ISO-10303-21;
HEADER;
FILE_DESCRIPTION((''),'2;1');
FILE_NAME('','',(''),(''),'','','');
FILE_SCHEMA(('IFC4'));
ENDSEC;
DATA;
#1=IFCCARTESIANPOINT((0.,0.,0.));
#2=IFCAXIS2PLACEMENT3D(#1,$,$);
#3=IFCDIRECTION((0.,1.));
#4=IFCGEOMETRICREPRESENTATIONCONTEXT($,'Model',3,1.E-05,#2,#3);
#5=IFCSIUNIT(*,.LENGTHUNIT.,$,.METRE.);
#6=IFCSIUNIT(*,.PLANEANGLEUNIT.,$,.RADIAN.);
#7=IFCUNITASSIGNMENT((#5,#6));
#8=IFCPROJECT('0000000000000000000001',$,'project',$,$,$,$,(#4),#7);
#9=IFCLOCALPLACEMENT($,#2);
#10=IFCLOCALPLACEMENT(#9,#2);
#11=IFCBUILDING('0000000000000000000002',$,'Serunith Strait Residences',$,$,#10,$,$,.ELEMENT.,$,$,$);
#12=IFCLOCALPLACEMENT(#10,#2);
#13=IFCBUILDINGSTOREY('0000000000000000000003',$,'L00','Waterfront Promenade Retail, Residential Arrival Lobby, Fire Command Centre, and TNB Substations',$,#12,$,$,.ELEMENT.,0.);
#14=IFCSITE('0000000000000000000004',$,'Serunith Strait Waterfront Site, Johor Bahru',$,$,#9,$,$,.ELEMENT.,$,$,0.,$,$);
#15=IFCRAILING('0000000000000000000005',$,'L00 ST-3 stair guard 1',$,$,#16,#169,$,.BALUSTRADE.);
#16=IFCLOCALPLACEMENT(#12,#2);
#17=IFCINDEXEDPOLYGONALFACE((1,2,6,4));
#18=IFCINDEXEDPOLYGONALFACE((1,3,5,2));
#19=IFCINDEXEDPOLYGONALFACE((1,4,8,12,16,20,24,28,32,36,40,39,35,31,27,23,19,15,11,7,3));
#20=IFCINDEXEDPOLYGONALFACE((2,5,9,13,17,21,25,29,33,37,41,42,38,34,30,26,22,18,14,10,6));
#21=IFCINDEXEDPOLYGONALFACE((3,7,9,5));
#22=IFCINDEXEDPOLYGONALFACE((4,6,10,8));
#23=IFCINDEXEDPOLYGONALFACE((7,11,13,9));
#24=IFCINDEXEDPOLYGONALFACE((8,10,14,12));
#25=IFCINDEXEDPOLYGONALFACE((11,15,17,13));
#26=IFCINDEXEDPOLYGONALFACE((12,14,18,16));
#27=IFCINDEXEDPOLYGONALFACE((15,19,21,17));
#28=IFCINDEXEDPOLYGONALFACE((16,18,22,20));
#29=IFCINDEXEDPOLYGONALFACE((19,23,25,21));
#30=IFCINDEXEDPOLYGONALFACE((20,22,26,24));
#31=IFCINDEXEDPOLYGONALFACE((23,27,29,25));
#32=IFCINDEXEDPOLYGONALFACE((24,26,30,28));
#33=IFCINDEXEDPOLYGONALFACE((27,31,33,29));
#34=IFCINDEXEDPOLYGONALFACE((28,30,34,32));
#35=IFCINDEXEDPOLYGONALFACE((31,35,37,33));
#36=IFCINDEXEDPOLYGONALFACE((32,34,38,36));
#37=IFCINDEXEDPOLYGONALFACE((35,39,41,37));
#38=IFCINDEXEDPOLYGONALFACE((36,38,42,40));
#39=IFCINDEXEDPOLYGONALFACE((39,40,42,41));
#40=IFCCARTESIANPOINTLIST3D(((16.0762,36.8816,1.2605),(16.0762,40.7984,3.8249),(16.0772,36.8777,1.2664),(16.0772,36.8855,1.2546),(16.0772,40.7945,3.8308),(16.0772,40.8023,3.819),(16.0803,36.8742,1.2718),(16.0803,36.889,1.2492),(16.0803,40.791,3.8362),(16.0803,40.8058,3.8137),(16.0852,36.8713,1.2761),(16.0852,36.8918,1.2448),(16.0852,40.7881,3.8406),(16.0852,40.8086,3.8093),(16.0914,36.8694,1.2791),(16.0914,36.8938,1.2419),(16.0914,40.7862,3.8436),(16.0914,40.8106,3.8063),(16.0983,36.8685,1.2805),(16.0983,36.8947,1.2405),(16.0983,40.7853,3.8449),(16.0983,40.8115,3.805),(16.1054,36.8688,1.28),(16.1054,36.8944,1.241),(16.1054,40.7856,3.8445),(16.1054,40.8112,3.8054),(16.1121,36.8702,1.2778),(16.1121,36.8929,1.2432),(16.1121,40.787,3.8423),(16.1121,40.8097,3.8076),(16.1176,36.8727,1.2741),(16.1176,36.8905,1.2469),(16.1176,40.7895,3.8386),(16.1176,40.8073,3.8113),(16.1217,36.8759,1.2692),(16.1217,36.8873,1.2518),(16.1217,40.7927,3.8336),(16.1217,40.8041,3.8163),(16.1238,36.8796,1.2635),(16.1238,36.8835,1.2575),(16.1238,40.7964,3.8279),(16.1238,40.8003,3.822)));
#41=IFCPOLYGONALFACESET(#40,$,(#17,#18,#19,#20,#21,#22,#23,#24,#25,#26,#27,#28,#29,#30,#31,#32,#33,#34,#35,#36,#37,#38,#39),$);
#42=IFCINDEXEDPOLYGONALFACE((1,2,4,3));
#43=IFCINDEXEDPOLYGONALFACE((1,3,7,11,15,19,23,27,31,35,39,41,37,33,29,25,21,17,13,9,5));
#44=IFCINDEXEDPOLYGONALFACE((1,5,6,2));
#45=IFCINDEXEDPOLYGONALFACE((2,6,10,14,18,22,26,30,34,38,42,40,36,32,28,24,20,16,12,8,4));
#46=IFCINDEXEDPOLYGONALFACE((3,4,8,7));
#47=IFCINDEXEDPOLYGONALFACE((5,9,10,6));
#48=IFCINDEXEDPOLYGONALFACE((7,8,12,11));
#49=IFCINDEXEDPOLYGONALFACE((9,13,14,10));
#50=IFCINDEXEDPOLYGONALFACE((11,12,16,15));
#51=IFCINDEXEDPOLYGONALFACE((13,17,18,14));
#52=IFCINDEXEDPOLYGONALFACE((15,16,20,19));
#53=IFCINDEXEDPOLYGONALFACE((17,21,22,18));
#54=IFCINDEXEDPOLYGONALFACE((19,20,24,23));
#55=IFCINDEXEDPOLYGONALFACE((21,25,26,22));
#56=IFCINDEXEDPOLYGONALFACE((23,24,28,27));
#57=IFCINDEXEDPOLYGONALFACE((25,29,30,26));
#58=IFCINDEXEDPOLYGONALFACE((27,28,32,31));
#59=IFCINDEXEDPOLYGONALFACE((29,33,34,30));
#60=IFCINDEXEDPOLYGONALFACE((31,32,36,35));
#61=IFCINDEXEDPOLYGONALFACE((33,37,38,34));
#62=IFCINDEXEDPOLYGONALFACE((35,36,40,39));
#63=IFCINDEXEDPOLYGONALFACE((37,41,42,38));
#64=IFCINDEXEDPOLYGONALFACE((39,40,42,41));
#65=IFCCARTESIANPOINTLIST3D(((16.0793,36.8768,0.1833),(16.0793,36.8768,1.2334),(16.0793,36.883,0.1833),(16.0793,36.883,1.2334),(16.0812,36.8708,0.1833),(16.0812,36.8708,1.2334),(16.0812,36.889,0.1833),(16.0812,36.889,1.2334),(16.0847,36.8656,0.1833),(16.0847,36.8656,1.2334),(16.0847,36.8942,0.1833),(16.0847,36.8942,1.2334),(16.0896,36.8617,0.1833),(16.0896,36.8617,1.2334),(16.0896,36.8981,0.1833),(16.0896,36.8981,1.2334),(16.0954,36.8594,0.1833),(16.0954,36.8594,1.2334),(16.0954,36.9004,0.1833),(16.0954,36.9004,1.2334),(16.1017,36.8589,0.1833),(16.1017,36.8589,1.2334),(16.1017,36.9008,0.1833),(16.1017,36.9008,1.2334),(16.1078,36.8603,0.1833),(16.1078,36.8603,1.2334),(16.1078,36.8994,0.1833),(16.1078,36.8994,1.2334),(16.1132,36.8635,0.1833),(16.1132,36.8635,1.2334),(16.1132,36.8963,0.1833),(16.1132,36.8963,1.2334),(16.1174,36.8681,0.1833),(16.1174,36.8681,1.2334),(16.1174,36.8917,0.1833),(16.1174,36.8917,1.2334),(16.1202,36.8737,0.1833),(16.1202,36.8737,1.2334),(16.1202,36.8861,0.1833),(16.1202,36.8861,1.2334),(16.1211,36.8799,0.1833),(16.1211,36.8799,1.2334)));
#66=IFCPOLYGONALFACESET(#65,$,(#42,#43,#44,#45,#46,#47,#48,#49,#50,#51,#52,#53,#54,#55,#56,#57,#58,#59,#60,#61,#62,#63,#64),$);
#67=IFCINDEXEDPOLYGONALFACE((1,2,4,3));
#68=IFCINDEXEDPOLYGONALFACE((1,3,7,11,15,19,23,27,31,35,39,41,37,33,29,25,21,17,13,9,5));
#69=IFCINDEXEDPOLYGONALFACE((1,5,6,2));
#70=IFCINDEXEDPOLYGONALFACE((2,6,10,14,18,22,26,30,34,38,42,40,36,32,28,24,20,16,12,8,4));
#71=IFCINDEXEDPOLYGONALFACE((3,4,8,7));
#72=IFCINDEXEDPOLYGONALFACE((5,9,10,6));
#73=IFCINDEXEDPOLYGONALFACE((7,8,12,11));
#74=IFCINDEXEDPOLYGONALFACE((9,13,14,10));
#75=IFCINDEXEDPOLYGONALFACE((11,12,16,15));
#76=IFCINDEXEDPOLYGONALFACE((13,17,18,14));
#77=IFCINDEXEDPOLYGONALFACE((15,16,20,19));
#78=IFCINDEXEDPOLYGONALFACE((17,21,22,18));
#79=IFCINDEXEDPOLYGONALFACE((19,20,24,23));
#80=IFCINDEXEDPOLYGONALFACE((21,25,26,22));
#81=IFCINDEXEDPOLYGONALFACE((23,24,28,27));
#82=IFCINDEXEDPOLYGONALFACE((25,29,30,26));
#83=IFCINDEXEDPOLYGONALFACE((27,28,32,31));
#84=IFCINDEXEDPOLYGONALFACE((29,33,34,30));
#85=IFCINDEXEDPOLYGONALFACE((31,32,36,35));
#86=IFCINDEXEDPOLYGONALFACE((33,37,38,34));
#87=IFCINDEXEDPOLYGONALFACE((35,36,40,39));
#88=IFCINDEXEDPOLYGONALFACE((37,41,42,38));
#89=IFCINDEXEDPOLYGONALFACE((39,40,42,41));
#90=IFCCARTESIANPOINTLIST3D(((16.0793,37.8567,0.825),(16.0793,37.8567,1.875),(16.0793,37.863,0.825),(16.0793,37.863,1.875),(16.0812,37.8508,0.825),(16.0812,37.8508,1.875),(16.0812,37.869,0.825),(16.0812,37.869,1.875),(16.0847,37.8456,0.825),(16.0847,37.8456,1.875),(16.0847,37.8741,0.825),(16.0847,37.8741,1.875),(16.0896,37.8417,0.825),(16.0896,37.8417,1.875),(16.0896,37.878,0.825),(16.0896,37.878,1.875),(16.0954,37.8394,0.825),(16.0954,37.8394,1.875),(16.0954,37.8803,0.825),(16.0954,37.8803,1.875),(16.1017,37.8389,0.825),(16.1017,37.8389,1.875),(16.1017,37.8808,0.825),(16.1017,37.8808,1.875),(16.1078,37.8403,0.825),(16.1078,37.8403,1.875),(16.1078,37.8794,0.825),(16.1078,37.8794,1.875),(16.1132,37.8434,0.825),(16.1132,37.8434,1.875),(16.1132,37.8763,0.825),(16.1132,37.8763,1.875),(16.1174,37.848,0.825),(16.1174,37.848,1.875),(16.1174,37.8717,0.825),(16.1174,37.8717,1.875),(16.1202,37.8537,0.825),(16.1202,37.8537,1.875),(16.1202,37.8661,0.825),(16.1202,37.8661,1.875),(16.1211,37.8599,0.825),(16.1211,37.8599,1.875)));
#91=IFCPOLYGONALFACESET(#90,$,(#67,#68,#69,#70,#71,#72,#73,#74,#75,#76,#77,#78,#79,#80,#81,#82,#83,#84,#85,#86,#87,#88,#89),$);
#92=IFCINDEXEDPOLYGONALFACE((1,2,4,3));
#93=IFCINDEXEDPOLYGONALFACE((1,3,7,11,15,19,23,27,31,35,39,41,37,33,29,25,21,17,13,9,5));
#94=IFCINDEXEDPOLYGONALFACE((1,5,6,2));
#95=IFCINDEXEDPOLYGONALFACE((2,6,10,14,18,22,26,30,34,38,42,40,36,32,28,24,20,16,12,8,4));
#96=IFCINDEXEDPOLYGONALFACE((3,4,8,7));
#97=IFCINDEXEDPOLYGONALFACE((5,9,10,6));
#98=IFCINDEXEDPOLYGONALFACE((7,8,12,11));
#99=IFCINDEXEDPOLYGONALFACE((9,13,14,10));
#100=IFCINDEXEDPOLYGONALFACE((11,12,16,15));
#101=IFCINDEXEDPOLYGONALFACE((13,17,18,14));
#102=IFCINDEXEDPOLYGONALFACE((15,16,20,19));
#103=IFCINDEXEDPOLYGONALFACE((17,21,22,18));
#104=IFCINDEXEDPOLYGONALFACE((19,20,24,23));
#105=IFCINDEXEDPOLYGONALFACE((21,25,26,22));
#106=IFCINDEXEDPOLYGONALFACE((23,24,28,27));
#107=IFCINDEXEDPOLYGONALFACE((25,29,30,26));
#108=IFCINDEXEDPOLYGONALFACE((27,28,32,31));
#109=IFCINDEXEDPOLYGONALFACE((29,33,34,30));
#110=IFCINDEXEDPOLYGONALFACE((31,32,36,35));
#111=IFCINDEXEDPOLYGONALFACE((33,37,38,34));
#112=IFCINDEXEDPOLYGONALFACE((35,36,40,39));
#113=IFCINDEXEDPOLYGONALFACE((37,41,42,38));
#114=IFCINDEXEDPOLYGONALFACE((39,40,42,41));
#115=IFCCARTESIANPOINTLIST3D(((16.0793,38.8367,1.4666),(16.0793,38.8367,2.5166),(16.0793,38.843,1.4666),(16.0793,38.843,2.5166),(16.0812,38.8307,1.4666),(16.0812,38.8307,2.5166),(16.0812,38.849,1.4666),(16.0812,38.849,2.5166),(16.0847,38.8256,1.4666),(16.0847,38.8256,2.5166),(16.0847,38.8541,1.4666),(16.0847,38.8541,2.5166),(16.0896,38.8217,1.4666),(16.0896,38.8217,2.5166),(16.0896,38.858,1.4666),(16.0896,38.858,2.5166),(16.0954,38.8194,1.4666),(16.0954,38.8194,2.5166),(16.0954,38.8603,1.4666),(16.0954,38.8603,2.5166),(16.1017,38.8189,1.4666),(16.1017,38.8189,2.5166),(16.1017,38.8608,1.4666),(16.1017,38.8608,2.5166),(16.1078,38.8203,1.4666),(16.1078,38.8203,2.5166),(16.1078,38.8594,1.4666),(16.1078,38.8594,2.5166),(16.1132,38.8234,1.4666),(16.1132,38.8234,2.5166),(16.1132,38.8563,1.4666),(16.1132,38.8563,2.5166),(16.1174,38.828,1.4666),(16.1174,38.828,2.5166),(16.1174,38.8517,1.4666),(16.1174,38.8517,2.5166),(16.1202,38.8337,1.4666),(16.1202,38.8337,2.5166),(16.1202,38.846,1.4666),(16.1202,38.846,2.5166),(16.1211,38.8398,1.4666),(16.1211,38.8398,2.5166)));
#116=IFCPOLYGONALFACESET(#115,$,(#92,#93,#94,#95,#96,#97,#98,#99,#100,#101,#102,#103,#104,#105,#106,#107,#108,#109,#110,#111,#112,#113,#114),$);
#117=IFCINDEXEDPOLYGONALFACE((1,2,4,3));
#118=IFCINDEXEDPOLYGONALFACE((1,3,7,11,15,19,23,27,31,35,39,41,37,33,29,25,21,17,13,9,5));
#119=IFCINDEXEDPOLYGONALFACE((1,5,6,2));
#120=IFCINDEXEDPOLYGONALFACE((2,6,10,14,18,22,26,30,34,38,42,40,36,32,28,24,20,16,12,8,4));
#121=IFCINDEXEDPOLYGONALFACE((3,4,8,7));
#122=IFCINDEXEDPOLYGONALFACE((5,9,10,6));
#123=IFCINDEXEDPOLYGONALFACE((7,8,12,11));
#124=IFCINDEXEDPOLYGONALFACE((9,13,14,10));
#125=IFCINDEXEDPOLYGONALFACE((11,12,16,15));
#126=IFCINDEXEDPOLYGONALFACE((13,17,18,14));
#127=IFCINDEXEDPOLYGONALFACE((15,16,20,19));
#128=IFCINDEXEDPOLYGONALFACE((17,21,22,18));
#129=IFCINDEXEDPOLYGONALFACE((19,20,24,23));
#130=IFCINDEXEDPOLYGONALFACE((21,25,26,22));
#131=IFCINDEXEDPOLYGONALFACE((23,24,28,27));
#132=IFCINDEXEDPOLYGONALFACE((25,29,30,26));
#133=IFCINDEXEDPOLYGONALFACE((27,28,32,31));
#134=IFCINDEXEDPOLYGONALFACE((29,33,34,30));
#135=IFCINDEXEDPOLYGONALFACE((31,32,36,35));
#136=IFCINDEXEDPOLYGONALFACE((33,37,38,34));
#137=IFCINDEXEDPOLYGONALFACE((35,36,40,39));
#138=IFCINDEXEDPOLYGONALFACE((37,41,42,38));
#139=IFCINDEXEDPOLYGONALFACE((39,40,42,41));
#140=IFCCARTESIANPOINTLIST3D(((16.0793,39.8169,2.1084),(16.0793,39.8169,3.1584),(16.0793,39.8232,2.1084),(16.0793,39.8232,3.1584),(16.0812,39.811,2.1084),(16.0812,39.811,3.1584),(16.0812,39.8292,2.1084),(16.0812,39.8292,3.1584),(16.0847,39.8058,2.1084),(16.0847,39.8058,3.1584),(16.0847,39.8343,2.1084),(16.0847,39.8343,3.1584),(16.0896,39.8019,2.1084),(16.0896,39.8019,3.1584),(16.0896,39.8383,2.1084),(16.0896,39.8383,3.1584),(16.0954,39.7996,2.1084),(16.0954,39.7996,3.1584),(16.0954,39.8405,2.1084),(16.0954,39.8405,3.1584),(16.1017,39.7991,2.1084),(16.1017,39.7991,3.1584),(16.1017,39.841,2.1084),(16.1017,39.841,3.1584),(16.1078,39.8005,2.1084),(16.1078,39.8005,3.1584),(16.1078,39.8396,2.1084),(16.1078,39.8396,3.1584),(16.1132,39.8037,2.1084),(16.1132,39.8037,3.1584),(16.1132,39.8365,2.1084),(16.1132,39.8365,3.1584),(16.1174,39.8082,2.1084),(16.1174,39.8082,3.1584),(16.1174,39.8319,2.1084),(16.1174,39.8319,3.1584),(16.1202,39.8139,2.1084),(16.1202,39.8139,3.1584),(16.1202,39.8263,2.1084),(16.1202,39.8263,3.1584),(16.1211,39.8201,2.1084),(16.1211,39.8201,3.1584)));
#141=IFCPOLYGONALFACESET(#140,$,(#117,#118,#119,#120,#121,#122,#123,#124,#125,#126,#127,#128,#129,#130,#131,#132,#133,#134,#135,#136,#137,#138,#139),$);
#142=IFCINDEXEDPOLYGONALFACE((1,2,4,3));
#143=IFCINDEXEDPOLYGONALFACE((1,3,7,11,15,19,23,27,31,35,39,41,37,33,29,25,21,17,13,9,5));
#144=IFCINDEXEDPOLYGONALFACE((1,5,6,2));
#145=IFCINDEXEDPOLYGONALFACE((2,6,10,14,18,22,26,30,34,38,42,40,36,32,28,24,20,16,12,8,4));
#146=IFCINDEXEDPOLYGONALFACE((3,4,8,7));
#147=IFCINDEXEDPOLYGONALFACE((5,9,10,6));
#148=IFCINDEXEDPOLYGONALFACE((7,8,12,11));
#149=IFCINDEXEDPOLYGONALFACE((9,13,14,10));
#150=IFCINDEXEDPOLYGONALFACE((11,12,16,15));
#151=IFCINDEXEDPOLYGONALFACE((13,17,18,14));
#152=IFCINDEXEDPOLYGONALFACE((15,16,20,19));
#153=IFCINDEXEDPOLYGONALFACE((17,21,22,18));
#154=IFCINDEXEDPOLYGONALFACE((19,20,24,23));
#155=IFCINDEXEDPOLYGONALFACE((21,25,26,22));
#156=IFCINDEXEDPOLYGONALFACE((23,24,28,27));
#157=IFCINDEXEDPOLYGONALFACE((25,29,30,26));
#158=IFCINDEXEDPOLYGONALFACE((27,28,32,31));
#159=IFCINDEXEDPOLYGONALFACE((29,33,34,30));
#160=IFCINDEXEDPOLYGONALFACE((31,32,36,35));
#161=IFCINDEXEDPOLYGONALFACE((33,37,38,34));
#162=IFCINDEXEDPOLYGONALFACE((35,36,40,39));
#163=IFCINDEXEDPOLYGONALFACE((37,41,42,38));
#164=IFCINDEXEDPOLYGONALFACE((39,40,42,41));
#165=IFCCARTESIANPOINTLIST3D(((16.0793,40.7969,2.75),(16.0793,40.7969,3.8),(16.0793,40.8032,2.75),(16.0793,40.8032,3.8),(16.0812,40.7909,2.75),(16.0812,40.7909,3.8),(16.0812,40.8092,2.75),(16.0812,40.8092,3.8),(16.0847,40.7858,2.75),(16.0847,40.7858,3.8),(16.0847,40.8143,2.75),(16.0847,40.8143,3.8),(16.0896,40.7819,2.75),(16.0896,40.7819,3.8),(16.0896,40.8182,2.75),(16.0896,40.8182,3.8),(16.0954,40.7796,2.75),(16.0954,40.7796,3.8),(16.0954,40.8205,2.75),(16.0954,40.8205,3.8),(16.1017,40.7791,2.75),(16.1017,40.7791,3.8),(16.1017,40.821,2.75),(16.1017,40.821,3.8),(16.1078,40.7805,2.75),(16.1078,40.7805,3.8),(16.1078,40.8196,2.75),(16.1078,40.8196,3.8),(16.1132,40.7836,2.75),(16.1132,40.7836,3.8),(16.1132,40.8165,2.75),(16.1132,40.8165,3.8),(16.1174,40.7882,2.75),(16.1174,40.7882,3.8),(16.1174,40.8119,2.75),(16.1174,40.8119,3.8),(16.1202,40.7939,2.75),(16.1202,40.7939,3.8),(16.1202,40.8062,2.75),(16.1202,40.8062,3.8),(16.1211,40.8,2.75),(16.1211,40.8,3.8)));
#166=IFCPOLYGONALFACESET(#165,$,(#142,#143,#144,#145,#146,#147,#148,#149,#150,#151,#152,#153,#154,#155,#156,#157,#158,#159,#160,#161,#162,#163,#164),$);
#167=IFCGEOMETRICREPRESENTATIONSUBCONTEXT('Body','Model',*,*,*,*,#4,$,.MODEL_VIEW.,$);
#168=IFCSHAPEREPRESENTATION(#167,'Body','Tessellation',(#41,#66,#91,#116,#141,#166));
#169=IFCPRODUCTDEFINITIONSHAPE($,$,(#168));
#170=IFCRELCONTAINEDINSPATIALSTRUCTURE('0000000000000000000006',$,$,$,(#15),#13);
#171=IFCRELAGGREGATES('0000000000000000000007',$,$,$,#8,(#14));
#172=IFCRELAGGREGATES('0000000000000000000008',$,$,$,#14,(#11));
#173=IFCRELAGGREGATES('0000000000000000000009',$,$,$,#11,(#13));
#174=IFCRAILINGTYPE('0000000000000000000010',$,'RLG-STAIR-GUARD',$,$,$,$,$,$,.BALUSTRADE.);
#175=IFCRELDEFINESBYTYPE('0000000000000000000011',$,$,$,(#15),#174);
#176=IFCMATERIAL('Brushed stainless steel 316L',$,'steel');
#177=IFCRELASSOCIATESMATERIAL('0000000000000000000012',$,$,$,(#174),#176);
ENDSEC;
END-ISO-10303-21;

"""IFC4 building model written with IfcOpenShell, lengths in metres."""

from ifc_helpers import new_model, si_unit, direction, frame, origin, origin_2d, place, context, subcontext, project, spatial, circle, extrude, material, type_object, element, save


model = new_model("IFC4")

# Units and contexts
model_context = context("Model", 3, precision=1e-05, world=origin(), true_north=direction((0.0, 1.0)))
body_context = subcontext(model_context, "Body", "Model", "MODEL_VIEW")
ifc_project = project(units=[si_unit("LENGTHUNIT", "METRE"), si_unit("PLANEANGLEUNIT", "RADIAN")], contexts=[model_context])

# Site, building, storey
site_placement = place(None, origin())
site = spatial("IfcSite", under=ifc_project, at=site_placement, Name="Serunith Strait Waterfront Site, Johor Bahru", CompositionType="ELEMENT", RefElevation=0.0)
building_placement = place(site_placement, origin())
building = spatial("IfcBuilding", under=site, at=building_placement, Name="Serunith Strait Residences", CompositionType="ELEMENT")
storey_placement = place(building_placement, origin())
storey = spatial("IfcBuildingStorey", under=building, at=storey_placement, Name="L00", Description="Waterfront Promenade Retail, Residential Arrival Lobby, Fire Command Centre, and TNB Substations", CompositionType="ELEMENT", Elevation=0.0)

# Railing
ifc_material_1 = material(Name="Brushed stainless steel 316L", Category="steel")
railing_type_1 = type_object("IfcRailingType", Name="RLG-STAIR-GUARD", PredefinedType="BALUSTRADE", material=ifc_material_1)
railing_1_placement = place(storey_placement, frame((16.1001, 36.8799, 0.1833)))
element("IfcRailing", 1, at=railing_1_placement, inside=storey, type_object=railing_type_1, Name="L00 ST-3 stair guard 1", PredefinedType="BALUSTRADE", context=body_context, shape_type="SweptSolid", body=[
    extrude(circle(Radius=0.0239, at=origin_2d()), frame((0.0, 0.0017, 1.0771), z_axis=(0.0, 0.836631, 0.547767), x_axis=(-1.0, 0.0, 0.0)), (0.0, 0.0, 1.0), 4.6816),
    extrude(circle(Radius=0.021, at=origin_2d()), origin(), (0.0, 0.0, 1.0), 1.05),
    extrude(circle(Radius=0.021, at=origin_2d()), frame((0.0, 0.98, 0.6416)), (0.0, 0.0, 1.0), 1.05),
    extrude(circle(Radius=0.021, at=origin_2d()), frame((0.0, 1.96, 1.2832)), (0.0, 0.0, 1.0), 1.05),
    extrude(circle(Radius=0.021, at=origin_2d()), frame((0.0, 2.9402, 1.925)), (0.0, 0.0, 1.0), 1.05),
    extrude(circle(Radius=0.021, at=origin_2d()), frame((0.0, 3.9202, 2.5667)), (0.0, 0.0, 1.0), 1.05),
])

save(model, "model.ifc")
